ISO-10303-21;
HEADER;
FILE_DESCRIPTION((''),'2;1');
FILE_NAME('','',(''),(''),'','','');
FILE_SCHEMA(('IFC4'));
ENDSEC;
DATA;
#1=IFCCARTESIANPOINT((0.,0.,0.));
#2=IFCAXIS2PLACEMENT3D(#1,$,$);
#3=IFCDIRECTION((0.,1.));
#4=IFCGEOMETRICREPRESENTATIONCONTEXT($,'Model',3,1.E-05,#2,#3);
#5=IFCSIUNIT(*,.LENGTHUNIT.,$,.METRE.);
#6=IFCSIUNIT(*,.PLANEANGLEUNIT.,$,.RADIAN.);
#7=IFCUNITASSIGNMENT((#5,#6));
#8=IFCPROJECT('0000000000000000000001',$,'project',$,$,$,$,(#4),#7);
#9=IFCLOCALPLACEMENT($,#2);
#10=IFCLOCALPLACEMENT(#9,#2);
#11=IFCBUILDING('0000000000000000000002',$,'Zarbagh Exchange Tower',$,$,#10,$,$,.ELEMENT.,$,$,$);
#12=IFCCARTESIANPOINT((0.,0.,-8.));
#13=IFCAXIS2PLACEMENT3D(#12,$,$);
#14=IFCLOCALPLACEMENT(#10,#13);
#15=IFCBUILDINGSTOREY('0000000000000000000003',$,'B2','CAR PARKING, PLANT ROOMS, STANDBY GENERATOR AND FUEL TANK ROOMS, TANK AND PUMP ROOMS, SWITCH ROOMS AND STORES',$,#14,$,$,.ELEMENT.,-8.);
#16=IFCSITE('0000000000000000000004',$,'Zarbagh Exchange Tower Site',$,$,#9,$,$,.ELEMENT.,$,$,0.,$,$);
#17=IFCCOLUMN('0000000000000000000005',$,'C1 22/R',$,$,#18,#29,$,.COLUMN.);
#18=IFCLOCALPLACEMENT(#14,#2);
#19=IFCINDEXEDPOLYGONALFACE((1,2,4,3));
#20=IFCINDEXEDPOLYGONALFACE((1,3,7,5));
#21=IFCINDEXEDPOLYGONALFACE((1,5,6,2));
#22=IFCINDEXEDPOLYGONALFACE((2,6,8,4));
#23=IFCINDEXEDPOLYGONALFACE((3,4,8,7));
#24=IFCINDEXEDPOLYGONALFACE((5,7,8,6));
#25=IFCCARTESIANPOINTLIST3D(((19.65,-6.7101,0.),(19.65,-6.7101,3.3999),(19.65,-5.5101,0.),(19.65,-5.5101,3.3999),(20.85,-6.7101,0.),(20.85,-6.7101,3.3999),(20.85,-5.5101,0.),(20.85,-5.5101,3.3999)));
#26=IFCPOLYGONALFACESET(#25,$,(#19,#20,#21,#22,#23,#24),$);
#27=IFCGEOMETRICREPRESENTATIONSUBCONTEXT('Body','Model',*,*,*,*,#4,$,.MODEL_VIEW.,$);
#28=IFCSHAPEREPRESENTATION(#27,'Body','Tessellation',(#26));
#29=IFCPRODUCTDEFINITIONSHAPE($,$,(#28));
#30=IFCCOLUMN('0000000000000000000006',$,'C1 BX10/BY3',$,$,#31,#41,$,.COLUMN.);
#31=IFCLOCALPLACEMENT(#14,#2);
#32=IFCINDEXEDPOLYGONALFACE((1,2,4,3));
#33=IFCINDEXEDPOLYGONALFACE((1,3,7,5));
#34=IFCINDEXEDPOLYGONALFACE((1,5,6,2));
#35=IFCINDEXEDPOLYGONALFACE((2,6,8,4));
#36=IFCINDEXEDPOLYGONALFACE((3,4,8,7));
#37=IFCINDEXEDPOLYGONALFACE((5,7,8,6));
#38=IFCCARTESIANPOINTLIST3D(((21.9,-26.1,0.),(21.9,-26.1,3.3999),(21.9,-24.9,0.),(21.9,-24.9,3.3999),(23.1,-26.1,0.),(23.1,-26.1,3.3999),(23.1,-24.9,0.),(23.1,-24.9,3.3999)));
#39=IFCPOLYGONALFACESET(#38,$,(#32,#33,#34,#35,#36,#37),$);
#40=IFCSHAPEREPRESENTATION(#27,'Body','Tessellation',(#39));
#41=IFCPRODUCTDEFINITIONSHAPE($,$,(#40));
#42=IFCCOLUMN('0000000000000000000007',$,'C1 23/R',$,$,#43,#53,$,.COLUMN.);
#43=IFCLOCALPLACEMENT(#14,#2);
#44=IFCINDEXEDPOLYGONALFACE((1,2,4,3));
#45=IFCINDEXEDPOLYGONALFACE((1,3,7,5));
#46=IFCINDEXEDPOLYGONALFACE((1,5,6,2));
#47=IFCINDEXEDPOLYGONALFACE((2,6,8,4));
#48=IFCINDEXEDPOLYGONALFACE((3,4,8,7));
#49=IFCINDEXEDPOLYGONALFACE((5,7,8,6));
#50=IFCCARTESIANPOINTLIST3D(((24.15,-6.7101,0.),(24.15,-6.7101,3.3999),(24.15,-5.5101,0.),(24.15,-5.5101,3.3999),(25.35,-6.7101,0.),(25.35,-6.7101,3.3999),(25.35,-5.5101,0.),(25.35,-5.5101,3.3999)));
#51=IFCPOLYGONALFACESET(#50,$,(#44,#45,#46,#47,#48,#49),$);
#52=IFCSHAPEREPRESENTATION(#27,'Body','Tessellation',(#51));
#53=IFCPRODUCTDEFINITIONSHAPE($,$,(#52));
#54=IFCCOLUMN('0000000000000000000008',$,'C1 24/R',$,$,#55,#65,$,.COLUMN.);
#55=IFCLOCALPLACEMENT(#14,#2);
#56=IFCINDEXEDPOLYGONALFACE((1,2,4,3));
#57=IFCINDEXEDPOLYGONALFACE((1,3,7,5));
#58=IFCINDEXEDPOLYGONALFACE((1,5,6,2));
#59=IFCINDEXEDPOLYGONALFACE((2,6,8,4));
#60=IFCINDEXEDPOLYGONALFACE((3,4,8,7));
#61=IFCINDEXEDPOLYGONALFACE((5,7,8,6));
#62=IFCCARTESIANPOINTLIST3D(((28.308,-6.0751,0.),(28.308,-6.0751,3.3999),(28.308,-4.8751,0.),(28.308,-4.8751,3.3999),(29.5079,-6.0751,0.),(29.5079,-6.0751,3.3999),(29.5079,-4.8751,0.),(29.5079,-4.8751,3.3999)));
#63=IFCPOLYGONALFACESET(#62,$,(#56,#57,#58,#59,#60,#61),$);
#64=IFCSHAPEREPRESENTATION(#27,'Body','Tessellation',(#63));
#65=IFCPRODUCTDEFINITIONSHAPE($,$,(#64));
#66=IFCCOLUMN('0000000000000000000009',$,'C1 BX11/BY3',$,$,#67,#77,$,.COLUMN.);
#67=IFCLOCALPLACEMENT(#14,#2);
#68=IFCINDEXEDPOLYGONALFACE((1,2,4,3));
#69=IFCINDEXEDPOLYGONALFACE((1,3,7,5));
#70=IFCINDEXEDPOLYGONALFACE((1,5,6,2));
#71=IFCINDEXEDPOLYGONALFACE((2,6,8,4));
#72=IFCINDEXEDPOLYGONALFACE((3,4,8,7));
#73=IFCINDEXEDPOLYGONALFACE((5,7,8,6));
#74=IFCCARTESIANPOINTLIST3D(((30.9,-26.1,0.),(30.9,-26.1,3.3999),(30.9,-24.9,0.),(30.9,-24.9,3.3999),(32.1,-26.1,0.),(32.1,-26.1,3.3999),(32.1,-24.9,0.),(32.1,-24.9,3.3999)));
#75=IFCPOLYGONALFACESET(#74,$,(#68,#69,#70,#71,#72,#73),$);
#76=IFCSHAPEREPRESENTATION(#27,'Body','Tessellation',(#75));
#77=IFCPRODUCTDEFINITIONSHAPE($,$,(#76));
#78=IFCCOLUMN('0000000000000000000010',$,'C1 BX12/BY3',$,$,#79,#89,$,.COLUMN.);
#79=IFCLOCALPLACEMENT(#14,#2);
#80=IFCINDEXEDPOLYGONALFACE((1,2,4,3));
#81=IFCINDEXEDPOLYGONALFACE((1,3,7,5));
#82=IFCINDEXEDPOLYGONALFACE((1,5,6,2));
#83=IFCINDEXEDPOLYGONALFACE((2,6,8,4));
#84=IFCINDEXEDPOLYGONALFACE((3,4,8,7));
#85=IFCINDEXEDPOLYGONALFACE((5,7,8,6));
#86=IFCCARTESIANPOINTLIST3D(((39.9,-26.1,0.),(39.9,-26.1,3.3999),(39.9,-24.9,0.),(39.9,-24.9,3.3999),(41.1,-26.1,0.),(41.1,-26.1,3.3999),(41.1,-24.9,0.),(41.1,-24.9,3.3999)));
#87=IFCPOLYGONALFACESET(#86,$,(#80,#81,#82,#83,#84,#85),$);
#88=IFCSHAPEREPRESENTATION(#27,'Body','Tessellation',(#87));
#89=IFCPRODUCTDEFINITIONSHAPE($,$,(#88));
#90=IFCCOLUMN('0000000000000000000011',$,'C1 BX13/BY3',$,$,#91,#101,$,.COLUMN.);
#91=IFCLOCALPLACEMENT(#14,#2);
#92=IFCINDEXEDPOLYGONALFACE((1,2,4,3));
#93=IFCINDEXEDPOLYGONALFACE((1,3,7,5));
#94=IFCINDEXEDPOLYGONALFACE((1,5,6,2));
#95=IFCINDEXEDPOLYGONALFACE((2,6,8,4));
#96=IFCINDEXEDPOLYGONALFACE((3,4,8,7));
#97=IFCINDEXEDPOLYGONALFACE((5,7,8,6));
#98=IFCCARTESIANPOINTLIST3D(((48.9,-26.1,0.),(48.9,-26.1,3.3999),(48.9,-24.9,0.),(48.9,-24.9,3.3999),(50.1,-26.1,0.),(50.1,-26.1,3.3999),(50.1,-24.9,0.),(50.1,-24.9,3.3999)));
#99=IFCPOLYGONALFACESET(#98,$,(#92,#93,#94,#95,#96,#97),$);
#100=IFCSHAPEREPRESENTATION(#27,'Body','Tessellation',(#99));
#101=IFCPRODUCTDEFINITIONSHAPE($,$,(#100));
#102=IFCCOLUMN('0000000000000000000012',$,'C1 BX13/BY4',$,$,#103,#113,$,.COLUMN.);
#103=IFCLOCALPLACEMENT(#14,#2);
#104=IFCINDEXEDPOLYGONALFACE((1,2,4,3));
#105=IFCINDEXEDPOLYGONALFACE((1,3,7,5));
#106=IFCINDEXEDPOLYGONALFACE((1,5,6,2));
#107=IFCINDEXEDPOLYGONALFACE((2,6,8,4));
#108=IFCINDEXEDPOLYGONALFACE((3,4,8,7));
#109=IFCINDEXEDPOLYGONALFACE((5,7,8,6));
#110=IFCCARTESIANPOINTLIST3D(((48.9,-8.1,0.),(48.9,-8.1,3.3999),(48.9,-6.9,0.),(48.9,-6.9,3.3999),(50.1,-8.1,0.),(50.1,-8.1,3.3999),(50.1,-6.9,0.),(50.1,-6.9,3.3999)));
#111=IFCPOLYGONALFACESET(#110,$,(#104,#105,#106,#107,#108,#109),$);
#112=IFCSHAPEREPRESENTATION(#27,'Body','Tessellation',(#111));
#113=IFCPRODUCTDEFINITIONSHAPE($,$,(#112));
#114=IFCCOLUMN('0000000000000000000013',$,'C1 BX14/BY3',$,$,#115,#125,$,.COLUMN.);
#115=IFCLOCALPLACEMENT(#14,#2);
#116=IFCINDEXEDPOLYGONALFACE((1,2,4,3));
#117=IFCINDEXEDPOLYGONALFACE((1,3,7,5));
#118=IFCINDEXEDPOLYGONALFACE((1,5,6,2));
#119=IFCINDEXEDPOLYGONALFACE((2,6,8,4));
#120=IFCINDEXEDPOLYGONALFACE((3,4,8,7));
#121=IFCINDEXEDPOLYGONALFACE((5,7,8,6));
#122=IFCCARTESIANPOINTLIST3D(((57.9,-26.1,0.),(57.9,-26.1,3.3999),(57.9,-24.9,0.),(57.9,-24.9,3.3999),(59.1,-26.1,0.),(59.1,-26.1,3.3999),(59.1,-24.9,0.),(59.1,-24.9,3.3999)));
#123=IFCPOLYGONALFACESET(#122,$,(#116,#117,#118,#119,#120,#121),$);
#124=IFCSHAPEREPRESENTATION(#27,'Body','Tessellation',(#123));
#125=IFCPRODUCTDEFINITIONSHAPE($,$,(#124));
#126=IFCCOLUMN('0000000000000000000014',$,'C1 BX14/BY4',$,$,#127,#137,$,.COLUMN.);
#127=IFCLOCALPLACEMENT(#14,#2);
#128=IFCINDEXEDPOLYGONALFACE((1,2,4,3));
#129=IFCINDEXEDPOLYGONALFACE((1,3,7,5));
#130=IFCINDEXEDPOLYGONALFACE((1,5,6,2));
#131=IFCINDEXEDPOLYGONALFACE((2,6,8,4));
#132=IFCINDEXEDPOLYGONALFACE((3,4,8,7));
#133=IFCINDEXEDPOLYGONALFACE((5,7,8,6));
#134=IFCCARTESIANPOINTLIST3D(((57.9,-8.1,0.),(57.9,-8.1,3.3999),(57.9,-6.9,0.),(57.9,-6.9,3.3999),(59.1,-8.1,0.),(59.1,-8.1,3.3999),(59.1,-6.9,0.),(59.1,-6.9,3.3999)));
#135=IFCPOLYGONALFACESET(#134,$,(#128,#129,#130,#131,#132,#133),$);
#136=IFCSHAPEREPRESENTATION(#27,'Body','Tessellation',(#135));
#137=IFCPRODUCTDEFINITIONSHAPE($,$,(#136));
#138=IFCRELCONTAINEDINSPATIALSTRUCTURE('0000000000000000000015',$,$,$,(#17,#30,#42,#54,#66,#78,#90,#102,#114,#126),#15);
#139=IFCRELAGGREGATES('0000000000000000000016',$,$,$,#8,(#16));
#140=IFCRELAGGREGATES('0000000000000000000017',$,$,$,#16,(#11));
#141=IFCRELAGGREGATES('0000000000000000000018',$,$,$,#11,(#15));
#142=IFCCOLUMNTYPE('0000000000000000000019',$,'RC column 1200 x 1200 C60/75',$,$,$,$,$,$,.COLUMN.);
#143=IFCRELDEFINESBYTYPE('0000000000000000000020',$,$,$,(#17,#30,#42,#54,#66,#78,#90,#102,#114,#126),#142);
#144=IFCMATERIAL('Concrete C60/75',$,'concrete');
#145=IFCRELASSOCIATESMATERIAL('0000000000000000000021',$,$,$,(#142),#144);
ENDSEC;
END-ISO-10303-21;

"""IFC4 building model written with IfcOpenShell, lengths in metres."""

from ifc_helpers import new_model, si_unit, direction, frame, origin, origin_2d, place, context, subcontext, project, spatial, rectangle, extrude, material, material_profile, profile_set, type_object, element, save


model = new_model("IFC4")

# Units and contexts
model_context = context("Model", 3, precision=1e-05, world=origin(), true_north=direction((0.0, 1.0)))
body_context = subcontext(model_context, "Body", "Model", "MODEL_VIEW")
ifc_project = project(units=[si_unit("LENGTHUNIT", "METRE"), si_unit("PLANEANGLEUNIT", "RADIAN")], contexts=[model_context])

# Site, building, storey
site_placement = place(None, origin())
site = spatial("IfcSite", under=ifc_project, at=site_placement, Name="Zarbagh Exchange Tower Site", CompositionType="ELEMENT", RefElevation=0.0)
building_placement = place(site_placement, origin())
building = spatial("IfcBuilding", under=site, at=building_placement, Name="Zarbagh Exchange Tower", CompositionType="ELEMENT")
storey_placement = place(building_placement, frame((0.0, 0.0, -8.0)))
storey = spatial("IfcBuildingStorey", under=building, at=storey_placement, Name="B2", Description="CAR PARKING, PLANT ROOMS, STANDBY GENERATOR AND FUEL TANK ROOMS, TANK AND PUMP ROOMS, SWITCH ROOMS AND STORES", CompositionType="ELEMENT", Elevation=-8.0)

# Columns
ifc_material_1 = material(Name="Concrete C60/75", Category="concrete")
ifc_material_profile_1 = material_profile(ifc_material_1, rectangle(XDim=1.2, YDim=1.2, at=origin_2d()), Name="RC column 1200 x 1200 C60/75")
ifc_profile_set_1 = profile_set([ifc_material_profile_1], Name="Concrete C60/75")
column_type = type_object("IfcColumnType", Name="RC column 1200 x 1200 C60/75", PredefinedType="COLUMN", material=ifc_profile_set_1)
for number, where, z_axis, x_axis, name in (
    (1, (20.25, -6.1101, 0.0), (0.0, 0.0, 1.0), (1.0, 0.0, 0.0), "C1 22/R"),
    (2, (22.5, -25.5, 0.0), (0.0, 0.0, 1.0), (1.0, 0.0, 0.0), "C1 BX10/BY3"),
    (3, (24.75, -6.1101, 0.0), (0.0, 0.0, 1.0), (1.0, 0.0, 0.0), "C1 23/R"),
    (4, (28.908, -5.4751, 0.0), (0.0, 0.0, 1.0), (1.0, 0.0, 0.0), "C1 24/R"),
    (5, (31.5, -25.5, 0.0), (0.0, 0.0, 1.0), (1.0, 0.0, 0.0), "C1 BX11/BY3"),
    (6, (40.5, -25.5, 0.0), (0.0, 0.0, 1.0), (1.0, 0.0, 0.0), "C1 BX12/BY3"),
    (7, (49.5, -25.5, 0.0), (0.0, 0.0, 1.0), (1.0, 0.0, 0.0), "C1 BX13/BY3"),
    (8, (49.5, -7.5, 0.0), (0.0, 0.0, 1.0), (1.0, 0.0, 0.0), "C1 BX13/BY4"),
    (9, (58.5, -25.5, 0.0), (0.0, 0.0, 1.0), (1.0, 0.0, 0.0), "C1 BX14/BY3"),
    (10, (58.5, -7.5, 0.0), (0.0, 0.0, 1.0), (1.0, 0.0, 0.0), "C1 BX14/BY4"),
):
    element("IfcColumn", number, at=place(storey_placement, frame(where, z_axis=z_axis, x_axis=x_axis)), inside=storey, type_object=column_type, Name=name, PredefinedType="COLUMN", context=body_context, shape_type="SweptSolid", body=[
        extrude(rectangle(XDim=1.2, YDim=1.2, at=origin_2d()), origin(), (0.0, 0.0, 1.0), 3.3999),
    ])

save(model, "model.ifc")
